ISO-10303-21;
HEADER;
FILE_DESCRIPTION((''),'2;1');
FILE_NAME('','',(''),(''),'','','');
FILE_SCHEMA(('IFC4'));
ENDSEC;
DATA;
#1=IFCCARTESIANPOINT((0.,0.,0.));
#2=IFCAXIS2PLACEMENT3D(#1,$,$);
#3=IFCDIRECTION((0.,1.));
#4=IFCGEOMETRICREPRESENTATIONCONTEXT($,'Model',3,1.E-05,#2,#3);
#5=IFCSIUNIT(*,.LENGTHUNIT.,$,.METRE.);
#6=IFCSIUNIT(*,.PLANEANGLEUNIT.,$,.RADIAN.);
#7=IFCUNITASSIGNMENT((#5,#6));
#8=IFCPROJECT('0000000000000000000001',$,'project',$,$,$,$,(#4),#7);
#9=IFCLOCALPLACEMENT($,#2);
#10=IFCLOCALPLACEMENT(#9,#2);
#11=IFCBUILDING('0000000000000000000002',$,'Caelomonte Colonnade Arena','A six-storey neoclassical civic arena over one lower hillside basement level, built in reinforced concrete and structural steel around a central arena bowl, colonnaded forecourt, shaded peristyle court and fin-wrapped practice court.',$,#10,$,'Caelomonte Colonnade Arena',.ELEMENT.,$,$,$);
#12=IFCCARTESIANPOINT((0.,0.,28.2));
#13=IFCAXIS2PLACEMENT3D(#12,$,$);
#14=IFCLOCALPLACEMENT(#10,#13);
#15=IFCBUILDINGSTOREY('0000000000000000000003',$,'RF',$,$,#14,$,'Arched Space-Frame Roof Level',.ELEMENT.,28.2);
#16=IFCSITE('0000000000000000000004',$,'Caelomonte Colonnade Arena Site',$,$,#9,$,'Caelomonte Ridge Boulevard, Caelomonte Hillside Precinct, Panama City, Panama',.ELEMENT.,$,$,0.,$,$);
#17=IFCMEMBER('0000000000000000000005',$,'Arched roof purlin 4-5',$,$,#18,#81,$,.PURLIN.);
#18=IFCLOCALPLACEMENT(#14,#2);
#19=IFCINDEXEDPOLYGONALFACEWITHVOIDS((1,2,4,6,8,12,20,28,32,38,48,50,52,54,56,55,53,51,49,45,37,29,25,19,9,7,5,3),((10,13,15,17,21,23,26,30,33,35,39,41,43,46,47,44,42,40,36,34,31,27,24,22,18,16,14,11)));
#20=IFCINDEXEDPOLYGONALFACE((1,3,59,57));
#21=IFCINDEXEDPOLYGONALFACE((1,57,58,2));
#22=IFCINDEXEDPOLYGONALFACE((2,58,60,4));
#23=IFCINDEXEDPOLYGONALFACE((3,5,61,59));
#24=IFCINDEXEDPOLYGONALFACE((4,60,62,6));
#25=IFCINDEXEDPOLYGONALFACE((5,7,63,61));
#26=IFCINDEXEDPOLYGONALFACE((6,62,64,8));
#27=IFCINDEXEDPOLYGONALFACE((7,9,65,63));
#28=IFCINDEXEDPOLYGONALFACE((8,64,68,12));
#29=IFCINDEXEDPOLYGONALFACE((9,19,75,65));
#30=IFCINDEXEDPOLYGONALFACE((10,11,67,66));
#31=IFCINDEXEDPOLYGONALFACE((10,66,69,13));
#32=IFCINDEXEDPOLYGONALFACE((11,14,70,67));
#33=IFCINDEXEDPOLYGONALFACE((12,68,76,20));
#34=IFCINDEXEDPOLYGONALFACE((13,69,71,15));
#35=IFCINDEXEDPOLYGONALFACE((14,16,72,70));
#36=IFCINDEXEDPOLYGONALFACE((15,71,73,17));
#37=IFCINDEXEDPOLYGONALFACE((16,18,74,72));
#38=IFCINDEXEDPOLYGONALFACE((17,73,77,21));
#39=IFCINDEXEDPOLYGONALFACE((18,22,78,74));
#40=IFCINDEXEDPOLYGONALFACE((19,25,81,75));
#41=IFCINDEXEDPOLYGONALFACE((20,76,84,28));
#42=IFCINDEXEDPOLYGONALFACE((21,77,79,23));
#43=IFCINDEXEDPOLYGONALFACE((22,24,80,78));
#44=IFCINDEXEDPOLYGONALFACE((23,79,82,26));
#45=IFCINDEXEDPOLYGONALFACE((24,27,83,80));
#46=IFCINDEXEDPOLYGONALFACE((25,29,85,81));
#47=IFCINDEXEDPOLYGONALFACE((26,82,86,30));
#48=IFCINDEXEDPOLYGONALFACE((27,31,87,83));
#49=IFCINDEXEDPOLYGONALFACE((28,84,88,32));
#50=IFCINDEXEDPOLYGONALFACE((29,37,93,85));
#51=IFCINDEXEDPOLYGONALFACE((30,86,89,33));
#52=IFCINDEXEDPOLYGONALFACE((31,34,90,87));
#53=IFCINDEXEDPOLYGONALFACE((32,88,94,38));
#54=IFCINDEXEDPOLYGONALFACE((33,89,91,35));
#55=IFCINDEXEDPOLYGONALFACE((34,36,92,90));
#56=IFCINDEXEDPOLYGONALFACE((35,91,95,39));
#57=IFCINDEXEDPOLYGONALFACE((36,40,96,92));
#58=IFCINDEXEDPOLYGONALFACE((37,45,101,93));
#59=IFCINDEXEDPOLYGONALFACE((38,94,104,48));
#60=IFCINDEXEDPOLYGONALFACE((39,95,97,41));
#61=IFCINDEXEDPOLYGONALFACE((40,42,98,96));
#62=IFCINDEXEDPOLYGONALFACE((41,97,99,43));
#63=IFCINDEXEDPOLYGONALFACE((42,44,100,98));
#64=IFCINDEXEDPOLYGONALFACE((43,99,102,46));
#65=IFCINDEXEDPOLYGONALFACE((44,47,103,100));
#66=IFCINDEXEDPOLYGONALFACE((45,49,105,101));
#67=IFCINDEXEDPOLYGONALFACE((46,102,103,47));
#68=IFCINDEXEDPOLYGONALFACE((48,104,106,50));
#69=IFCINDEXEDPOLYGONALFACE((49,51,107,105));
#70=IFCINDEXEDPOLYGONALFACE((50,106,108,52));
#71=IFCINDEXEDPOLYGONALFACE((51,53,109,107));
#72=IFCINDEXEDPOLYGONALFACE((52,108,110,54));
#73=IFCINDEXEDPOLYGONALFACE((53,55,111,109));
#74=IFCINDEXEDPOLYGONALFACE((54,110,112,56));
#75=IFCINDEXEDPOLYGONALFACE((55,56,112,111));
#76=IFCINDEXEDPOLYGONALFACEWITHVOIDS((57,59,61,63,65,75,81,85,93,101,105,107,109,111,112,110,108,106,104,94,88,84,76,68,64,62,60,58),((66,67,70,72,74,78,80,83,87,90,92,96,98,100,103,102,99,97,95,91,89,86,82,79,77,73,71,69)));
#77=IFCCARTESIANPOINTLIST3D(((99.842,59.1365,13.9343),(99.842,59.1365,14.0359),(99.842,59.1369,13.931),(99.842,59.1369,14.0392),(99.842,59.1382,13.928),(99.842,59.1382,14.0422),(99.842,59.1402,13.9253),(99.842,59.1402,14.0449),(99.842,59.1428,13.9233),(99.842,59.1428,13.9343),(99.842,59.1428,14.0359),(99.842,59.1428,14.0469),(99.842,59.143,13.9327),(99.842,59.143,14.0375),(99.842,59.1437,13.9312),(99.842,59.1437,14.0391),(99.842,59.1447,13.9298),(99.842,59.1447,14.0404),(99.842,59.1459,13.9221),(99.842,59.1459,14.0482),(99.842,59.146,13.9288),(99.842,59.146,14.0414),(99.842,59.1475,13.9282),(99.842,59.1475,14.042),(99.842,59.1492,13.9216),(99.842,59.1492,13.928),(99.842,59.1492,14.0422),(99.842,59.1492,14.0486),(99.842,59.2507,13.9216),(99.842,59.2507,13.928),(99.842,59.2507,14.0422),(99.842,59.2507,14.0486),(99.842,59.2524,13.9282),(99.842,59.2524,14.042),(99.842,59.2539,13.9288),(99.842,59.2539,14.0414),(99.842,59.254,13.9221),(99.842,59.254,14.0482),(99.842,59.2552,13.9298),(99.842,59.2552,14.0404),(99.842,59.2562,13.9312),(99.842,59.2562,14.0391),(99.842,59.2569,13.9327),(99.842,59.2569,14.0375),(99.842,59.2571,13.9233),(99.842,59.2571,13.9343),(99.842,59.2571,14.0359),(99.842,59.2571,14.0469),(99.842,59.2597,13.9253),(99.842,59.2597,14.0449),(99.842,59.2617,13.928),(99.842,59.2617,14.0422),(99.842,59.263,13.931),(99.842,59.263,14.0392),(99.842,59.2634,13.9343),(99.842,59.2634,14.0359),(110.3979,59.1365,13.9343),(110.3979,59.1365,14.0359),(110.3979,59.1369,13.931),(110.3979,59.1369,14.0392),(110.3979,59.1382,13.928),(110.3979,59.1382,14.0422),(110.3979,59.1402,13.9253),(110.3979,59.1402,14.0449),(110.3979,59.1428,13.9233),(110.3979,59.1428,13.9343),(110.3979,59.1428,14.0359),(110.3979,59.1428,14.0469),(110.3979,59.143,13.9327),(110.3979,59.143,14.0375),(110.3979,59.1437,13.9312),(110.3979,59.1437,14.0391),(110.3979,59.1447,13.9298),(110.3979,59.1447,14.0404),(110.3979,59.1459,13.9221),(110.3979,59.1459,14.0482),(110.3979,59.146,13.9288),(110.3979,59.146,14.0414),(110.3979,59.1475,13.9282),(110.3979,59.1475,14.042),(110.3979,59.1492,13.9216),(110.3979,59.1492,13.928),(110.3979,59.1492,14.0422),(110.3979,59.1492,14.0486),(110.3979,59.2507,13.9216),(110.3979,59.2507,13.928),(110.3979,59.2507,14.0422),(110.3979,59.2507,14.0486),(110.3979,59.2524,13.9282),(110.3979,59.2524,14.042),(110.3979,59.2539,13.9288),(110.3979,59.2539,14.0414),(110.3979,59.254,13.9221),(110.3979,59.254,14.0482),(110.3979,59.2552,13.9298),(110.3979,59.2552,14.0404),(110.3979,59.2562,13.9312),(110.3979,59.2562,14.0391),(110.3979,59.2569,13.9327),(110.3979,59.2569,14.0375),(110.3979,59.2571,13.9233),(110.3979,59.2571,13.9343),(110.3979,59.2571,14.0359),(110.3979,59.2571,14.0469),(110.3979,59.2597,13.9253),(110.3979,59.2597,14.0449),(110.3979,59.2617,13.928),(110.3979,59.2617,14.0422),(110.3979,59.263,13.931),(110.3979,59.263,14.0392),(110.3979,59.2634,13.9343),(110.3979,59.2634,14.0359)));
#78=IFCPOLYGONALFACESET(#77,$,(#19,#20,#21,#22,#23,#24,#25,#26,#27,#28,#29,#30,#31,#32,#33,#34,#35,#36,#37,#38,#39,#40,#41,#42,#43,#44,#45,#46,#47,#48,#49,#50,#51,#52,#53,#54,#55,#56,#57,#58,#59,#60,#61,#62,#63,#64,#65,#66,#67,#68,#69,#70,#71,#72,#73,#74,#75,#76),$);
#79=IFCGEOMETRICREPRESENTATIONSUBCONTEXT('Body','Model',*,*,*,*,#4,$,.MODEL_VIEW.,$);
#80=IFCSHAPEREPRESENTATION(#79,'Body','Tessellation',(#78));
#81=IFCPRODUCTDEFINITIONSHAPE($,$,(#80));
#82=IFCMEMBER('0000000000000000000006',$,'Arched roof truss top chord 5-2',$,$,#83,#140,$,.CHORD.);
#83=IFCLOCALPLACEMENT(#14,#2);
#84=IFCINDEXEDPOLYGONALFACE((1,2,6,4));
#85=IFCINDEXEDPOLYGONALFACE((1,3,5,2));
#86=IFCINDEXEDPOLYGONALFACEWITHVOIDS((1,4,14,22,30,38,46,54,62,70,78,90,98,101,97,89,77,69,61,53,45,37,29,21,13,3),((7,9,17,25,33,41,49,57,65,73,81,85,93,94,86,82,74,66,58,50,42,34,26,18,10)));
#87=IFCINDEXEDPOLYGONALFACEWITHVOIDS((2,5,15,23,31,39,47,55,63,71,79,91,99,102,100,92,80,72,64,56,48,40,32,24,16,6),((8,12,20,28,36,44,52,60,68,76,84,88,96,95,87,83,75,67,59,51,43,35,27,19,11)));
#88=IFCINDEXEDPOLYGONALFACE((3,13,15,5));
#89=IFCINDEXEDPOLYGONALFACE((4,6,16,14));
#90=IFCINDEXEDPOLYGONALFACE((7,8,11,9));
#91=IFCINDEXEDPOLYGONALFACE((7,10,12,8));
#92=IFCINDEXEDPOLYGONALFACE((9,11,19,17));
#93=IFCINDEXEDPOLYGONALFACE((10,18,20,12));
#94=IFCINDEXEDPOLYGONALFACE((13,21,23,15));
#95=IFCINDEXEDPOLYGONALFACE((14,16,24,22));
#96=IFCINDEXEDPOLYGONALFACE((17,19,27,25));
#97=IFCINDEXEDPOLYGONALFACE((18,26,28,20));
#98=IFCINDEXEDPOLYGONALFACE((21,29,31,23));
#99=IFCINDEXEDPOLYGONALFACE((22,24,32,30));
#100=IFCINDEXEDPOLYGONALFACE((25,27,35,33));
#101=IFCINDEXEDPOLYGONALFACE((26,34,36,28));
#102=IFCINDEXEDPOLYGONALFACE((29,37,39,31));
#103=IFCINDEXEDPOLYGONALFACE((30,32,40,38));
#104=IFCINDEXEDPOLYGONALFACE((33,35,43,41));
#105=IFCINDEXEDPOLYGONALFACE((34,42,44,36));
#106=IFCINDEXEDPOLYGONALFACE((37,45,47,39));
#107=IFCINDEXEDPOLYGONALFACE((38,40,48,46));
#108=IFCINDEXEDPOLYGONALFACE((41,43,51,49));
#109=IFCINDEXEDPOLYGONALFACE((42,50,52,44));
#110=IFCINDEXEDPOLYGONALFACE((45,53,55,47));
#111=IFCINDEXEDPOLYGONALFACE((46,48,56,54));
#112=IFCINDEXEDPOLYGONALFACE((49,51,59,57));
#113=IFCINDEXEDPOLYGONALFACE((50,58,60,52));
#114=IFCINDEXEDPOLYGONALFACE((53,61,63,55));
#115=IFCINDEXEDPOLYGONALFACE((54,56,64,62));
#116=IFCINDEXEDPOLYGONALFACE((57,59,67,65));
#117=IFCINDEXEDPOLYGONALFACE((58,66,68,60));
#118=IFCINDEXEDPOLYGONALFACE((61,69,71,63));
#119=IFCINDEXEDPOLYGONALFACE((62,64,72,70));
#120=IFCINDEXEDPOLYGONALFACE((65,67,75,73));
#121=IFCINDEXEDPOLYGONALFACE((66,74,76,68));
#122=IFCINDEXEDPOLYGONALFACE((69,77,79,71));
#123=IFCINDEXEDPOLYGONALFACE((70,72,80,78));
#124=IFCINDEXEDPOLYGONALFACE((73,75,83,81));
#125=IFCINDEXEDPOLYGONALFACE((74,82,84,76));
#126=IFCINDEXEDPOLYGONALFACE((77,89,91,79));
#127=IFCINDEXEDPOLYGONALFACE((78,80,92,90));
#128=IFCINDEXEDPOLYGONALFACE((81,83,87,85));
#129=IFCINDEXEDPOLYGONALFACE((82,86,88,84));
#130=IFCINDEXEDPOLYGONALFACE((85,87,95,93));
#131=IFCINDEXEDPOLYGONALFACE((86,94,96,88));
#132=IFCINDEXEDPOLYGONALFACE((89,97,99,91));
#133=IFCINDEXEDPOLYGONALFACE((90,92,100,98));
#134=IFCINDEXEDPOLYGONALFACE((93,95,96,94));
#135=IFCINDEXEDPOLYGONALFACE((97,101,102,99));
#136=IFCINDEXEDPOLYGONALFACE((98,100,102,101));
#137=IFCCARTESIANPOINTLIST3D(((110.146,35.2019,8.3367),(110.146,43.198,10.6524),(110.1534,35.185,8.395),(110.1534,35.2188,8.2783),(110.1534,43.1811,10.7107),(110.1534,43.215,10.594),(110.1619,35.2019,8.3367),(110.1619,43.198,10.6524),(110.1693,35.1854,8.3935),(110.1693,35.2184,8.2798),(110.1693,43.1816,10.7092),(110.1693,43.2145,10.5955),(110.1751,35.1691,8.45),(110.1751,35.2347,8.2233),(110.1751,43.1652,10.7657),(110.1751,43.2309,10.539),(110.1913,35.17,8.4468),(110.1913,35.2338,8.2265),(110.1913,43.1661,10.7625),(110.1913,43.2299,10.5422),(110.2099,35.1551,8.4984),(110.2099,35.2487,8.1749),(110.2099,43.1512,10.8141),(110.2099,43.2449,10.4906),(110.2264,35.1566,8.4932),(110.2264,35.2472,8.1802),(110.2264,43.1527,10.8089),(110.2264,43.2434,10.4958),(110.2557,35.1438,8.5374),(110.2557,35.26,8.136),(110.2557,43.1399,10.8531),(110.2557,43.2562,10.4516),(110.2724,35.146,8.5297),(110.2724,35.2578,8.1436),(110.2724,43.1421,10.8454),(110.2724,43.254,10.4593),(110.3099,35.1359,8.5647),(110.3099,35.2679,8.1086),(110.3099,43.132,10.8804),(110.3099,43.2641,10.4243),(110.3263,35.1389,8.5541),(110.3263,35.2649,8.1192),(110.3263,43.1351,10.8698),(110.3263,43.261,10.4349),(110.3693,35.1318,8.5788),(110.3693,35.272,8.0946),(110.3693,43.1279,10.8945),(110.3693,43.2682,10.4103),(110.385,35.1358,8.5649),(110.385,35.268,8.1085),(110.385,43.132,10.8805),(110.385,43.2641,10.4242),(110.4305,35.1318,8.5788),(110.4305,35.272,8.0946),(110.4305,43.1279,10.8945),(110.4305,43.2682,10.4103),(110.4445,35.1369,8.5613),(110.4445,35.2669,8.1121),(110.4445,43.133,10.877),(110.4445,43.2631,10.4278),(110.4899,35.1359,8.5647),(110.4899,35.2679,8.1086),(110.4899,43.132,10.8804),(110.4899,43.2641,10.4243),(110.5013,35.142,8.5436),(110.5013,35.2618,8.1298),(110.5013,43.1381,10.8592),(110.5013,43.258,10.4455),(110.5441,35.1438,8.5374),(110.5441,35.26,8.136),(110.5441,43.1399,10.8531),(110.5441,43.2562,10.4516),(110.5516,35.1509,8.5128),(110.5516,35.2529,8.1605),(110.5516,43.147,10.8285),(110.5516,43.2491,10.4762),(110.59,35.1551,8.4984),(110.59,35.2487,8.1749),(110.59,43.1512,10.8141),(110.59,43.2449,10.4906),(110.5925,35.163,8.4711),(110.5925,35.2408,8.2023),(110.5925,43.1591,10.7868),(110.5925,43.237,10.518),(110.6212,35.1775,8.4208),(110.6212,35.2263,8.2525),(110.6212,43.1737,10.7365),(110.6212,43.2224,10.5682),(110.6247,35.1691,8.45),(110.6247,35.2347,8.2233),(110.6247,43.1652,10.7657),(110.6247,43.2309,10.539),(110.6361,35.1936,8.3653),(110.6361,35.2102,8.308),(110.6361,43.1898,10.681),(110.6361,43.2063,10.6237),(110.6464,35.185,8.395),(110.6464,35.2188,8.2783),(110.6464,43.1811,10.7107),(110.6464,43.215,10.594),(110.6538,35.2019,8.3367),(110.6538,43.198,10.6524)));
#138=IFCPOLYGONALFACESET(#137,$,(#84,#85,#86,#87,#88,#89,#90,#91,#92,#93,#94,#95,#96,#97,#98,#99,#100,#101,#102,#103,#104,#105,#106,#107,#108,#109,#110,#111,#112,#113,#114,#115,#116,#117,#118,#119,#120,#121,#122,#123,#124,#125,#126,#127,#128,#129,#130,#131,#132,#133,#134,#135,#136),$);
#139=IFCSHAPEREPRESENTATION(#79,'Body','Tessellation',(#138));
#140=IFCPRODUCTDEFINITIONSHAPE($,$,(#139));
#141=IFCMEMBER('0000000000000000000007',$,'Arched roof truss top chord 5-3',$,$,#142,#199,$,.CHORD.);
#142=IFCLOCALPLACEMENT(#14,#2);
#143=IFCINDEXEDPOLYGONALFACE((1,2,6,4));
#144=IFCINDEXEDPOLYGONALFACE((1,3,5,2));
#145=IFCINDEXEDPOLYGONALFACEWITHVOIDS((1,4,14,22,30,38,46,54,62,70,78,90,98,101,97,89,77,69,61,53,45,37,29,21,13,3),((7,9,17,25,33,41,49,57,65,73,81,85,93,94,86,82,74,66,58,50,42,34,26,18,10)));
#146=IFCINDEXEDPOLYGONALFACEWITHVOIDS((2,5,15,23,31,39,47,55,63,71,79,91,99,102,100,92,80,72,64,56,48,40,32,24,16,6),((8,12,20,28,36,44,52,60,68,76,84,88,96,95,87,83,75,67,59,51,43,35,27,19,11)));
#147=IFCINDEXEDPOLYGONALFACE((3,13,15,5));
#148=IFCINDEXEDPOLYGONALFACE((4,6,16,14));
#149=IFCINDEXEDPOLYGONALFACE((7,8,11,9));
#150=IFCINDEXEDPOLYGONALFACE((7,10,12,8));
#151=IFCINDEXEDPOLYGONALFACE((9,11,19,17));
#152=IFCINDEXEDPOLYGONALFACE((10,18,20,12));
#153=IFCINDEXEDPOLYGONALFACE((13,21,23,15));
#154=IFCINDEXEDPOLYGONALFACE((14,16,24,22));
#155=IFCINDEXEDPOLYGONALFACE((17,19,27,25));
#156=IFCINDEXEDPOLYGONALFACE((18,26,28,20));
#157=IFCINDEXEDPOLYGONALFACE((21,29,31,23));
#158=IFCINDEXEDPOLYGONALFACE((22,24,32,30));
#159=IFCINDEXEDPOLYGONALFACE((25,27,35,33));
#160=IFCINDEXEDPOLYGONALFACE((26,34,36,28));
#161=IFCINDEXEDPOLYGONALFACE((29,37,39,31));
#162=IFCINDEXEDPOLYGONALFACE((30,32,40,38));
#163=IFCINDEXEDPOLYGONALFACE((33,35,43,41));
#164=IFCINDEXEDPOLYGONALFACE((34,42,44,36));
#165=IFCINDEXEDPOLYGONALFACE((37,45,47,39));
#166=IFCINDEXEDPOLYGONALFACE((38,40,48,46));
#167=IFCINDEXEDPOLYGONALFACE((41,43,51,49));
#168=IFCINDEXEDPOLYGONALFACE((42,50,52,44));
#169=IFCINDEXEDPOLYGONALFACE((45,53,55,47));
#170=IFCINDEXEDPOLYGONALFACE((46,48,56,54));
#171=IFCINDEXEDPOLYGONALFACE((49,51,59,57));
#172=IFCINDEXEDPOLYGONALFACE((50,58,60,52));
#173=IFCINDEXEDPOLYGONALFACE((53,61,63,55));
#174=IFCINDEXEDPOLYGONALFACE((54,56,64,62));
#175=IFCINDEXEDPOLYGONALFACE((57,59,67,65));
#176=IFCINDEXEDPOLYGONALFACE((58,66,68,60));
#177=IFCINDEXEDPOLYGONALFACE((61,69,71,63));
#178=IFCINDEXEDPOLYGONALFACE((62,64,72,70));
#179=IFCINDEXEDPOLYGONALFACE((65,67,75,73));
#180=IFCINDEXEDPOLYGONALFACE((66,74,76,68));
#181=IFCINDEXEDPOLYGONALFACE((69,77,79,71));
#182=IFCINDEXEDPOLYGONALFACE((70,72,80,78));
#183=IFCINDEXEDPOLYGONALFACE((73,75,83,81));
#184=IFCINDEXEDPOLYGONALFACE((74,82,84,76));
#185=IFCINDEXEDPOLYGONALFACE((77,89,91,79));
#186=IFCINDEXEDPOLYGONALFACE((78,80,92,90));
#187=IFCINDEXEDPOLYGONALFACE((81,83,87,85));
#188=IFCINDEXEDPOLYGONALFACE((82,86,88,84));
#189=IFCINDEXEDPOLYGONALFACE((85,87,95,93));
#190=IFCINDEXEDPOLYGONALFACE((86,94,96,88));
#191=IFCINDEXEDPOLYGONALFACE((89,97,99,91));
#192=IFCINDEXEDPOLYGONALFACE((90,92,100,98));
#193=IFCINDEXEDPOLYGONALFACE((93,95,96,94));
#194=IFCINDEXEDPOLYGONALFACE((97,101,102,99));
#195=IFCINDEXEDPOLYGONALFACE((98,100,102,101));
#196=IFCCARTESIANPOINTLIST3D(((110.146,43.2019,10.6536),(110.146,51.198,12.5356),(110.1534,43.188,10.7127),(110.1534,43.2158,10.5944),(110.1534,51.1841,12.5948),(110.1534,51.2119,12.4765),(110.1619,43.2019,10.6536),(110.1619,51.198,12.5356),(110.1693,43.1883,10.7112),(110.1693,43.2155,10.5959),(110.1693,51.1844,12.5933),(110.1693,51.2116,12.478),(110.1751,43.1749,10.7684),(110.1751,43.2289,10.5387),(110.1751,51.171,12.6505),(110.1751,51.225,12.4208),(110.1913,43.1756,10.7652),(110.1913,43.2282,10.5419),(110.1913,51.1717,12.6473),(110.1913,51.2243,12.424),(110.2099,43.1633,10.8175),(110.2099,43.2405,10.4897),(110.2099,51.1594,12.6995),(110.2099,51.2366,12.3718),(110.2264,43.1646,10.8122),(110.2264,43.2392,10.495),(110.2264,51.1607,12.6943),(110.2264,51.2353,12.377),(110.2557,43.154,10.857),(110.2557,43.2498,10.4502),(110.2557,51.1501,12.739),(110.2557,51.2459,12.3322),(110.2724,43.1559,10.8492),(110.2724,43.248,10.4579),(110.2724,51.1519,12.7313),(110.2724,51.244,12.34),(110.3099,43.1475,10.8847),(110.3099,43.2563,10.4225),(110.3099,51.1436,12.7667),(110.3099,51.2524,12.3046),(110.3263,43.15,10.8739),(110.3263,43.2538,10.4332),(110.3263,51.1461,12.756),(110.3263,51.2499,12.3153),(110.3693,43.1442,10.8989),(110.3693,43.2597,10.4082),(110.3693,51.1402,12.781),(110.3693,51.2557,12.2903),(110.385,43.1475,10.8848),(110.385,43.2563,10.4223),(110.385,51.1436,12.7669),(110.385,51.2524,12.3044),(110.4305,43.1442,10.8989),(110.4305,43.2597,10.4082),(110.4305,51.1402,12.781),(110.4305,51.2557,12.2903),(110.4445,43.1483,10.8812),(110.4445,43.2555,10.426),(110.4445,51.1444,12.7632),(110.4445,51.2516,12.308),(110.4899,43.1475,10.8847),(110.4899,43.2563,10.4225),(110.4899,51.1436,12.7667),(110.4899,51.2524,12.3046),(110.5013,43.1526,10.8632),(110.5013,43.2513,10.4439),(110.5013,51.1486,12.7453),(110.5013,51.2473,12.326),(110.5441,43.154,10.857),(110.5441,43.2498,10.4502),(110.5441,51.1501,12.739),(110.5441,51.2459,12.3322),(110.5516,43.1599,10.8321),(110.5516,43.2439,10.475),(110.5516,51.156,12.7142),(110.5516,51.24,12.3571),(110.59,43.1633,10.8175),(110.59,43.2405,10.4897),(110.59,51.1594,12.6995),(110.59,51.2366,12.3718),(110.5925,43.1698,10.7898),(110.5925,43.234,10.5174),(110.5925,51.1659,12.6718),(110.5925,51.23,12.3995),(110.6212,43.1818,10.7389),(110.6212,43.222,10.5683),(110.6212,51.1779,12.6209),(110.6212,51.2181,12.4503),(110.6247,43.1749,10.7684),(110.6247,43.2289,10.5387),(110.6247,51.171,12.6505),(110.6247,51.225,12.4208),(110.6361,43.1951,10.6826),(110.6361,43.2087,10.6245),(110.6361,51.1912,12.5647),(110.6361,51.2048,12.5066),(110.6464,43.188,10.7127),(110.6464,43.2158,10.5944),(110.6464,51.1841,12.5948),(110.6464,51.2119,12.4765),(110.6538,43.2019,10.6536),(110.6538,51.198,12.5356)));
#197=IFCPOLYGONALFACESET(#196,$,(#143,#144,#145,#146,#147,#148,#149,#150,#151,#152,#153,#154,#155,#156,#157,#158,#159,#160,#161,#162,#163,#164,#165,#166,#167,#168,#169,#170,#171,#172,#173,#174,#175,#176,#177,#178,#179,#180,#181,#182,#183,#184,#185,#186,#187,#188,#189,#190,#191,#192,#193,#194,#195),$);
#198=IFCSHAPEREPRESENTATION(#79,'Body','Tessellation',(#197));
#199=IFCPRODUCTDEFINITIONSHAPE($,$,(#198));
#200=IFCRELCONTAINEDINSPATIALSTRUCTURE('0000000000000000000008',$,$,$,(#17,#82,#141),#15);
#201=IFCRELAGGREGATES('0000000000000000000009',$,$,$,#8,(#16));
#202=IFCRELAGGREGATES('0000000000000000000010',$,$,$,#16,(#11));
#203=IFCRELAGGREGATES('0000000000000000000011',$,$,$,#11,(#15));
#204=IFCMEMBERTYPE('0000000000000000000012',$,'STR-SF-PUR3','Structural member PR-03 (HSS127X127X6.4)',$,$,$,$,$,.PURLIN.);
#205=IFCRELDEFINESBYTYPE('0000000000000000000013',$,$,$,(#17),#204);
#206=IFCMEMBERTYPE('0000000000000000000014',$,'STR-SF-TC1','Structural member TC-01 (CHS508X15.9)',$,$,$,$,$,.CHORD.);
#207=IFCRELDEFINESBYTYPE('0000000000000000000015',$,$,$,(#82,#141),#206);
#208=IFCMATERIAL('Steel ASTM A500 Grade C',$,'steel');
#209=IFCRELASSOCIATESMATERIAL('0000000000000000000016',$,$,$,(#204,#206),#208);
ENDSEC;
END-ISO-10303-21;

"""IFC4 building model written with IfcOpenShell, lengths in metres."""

from ifc_helpers import new_model, si_unit, direction, frame, origin, origin_2d, place, context, subcontext, project, spatial, hollow_rectangle, hollow_circle, extrude, material, material_profile, profile_set, type_object, element, save


model = new_model("IFC4")

# Units and contexts
model_context = context("Model", 3, precision=1e-05, world=origin(), true_north=direction((0.0, 1.0)))
body_context = subcontext(model_context, "Body", "Model", "MODEL_VIEW")
ifc_project = project(units=[si_unit("LENGTHUNIT", "METRE"), si_unit("PLANEANGLEUNIT", "RADIAN")], contexts=[model_context])

# Site, building, storey
site_placement = place(None, origin())
site = spatial("IfcSite", under=ifc_project, at=site_placement, Name="Caelomonte Colonnade Arena Site", LongName="Caelomonte Ridge Boulevard, Caelomonte Hillside Precinct, Panama City, Panama", CompositionType="ELEMENT", RefElevation=0.0)
building_placement = place(site_placement, origin())
building = spatial("IfcBuilding", under=site, at=building_placement, Name="Caelomonte Colonnade Arena", Description="A six-storey neoclassical civic arena over one lower hillside basement level, built in reinforced concrete and structural steel around a central arena bowl, colonnaded forecourt, shaded peristyle court and fin-wrapped practice court.", LongName="Caelomonte Colonnade Arena", CompositionType="ELEMENT")
storey_placement = place(building_placement, frame((0.0, 0.0, 28.2)))
storey = spatial("IfcBuildingStorey", under=building, at=storey_placement, Name="RF", LongName="Arched Space-Frame Roof Level", CompositionType="ELEMENT", Elevation=28.2)

# Members
ifc_material_1 = material(Name="Steel ASTM A500 Grade C", Category="steel")
ifc_material_profile_1 = material_profile(ifc_material_1, hollow_rectangle(XDim=0.127, YDim=0.127, WallThickness=0.0063, InnerFilletRadius=0.0063, OuterFilletRadius=0.0127, at=origin_2d()), Name="HSS127X127X6.4")
ifc_profile_set_1 = profile_set([ifc_material_profile_1], Name="Steel ASTM A500 Grade C")
member_type_1 = type_object("IfcMemberType", Name="STR-SF-PUR3", Description="Structural member PR-03 (HSS127X127X6.4)", PredefinedType="PURLIN", material=ifc_profile_set_1)
for number, where, z_axis, x_axis, name in (
    (1, (99.842, 59.2, 13.9851), (1.0, 0.0, 0.0), (0.0, 1.0, 0.0), "Arched roof purlin 4-5"),
):
    element("IfcMember", number, at=place(storey_placement, frame(where, z_axis=z_axis, x_axis=x_axis)), inside=storey, type_object=member_type_1, Name=name, PredefinedType="PURLIN", context=body_context, shape_type="SweptSolid", body=[
        extrude(hollow_rectangle(XDim=0.127, YDim=0.127, WallThickness=0.0063, InnerFilletRadius=0.0063, OuterFilletRadius=0.0127, at=origin_2d()), origin(), (0.0, 0.0, 1.0), 10.5559),
    ])
ifc_material_profile_2 = material_profile(ifc_material_1, hollow_circle(Radius=0.2539, WallThickness=0.0159, at=origin_2d()), Name="CHS508X15.9")
ifc_profile_set_2 = profile_set([ifc_material_profile_2], Name="Steel ASTM A500 Grade C")
member_type_2 = type_object("IfcMemberType", Name="STR-SF-TC1", Description="Structural member TC-01 (CHS508X15.9)", PredefinedType="CHORD", material=ifc_profile_set_2)
member_1_placement = place(storey_placement, frame((110.3999, 35.2019, 8.3367), z_axis=(0.0, 0.960532, 0.278171), x_axis=(-1.0, 0.0, 0.0)))
element("IfcMember", 2, at=member_1_placement, inside=storey, type_object=member_type_2, Name="Arched roof truss top chord 5-2", PredefinedType="CHORD", context=body_context, shape_type="SweptSolid", body=[
    extrude(hollow_circle(Radius=0.2539, WallThickness=0.0159, at=origin_2d()), origin(), (0.0, 0.0, 1.0), 8.3247),
])
member_2_placement = place(storey_placement, frame((110.3999, 43.2019, 10.6536), z_axis=(0.0, 0.9734, 0.229114), x_axis=(-1.0, 0.0, 0.0)))
element("IfcMember", 3, at=member_2_placement, inside=storey, type_object=member_type_2, Name="Arched roof truss top chord 5-3", PredefinedType="CHORD", context=body_context, shape_type="SweptSolid", body=[
    extrude(hollow_circle(Radius=0.2539, WallThickness=0.0159, at=origin_2d()), origin(), (0.0, 0.0, 1.0), 8.2146),
])

save(model, "model.ifc")
